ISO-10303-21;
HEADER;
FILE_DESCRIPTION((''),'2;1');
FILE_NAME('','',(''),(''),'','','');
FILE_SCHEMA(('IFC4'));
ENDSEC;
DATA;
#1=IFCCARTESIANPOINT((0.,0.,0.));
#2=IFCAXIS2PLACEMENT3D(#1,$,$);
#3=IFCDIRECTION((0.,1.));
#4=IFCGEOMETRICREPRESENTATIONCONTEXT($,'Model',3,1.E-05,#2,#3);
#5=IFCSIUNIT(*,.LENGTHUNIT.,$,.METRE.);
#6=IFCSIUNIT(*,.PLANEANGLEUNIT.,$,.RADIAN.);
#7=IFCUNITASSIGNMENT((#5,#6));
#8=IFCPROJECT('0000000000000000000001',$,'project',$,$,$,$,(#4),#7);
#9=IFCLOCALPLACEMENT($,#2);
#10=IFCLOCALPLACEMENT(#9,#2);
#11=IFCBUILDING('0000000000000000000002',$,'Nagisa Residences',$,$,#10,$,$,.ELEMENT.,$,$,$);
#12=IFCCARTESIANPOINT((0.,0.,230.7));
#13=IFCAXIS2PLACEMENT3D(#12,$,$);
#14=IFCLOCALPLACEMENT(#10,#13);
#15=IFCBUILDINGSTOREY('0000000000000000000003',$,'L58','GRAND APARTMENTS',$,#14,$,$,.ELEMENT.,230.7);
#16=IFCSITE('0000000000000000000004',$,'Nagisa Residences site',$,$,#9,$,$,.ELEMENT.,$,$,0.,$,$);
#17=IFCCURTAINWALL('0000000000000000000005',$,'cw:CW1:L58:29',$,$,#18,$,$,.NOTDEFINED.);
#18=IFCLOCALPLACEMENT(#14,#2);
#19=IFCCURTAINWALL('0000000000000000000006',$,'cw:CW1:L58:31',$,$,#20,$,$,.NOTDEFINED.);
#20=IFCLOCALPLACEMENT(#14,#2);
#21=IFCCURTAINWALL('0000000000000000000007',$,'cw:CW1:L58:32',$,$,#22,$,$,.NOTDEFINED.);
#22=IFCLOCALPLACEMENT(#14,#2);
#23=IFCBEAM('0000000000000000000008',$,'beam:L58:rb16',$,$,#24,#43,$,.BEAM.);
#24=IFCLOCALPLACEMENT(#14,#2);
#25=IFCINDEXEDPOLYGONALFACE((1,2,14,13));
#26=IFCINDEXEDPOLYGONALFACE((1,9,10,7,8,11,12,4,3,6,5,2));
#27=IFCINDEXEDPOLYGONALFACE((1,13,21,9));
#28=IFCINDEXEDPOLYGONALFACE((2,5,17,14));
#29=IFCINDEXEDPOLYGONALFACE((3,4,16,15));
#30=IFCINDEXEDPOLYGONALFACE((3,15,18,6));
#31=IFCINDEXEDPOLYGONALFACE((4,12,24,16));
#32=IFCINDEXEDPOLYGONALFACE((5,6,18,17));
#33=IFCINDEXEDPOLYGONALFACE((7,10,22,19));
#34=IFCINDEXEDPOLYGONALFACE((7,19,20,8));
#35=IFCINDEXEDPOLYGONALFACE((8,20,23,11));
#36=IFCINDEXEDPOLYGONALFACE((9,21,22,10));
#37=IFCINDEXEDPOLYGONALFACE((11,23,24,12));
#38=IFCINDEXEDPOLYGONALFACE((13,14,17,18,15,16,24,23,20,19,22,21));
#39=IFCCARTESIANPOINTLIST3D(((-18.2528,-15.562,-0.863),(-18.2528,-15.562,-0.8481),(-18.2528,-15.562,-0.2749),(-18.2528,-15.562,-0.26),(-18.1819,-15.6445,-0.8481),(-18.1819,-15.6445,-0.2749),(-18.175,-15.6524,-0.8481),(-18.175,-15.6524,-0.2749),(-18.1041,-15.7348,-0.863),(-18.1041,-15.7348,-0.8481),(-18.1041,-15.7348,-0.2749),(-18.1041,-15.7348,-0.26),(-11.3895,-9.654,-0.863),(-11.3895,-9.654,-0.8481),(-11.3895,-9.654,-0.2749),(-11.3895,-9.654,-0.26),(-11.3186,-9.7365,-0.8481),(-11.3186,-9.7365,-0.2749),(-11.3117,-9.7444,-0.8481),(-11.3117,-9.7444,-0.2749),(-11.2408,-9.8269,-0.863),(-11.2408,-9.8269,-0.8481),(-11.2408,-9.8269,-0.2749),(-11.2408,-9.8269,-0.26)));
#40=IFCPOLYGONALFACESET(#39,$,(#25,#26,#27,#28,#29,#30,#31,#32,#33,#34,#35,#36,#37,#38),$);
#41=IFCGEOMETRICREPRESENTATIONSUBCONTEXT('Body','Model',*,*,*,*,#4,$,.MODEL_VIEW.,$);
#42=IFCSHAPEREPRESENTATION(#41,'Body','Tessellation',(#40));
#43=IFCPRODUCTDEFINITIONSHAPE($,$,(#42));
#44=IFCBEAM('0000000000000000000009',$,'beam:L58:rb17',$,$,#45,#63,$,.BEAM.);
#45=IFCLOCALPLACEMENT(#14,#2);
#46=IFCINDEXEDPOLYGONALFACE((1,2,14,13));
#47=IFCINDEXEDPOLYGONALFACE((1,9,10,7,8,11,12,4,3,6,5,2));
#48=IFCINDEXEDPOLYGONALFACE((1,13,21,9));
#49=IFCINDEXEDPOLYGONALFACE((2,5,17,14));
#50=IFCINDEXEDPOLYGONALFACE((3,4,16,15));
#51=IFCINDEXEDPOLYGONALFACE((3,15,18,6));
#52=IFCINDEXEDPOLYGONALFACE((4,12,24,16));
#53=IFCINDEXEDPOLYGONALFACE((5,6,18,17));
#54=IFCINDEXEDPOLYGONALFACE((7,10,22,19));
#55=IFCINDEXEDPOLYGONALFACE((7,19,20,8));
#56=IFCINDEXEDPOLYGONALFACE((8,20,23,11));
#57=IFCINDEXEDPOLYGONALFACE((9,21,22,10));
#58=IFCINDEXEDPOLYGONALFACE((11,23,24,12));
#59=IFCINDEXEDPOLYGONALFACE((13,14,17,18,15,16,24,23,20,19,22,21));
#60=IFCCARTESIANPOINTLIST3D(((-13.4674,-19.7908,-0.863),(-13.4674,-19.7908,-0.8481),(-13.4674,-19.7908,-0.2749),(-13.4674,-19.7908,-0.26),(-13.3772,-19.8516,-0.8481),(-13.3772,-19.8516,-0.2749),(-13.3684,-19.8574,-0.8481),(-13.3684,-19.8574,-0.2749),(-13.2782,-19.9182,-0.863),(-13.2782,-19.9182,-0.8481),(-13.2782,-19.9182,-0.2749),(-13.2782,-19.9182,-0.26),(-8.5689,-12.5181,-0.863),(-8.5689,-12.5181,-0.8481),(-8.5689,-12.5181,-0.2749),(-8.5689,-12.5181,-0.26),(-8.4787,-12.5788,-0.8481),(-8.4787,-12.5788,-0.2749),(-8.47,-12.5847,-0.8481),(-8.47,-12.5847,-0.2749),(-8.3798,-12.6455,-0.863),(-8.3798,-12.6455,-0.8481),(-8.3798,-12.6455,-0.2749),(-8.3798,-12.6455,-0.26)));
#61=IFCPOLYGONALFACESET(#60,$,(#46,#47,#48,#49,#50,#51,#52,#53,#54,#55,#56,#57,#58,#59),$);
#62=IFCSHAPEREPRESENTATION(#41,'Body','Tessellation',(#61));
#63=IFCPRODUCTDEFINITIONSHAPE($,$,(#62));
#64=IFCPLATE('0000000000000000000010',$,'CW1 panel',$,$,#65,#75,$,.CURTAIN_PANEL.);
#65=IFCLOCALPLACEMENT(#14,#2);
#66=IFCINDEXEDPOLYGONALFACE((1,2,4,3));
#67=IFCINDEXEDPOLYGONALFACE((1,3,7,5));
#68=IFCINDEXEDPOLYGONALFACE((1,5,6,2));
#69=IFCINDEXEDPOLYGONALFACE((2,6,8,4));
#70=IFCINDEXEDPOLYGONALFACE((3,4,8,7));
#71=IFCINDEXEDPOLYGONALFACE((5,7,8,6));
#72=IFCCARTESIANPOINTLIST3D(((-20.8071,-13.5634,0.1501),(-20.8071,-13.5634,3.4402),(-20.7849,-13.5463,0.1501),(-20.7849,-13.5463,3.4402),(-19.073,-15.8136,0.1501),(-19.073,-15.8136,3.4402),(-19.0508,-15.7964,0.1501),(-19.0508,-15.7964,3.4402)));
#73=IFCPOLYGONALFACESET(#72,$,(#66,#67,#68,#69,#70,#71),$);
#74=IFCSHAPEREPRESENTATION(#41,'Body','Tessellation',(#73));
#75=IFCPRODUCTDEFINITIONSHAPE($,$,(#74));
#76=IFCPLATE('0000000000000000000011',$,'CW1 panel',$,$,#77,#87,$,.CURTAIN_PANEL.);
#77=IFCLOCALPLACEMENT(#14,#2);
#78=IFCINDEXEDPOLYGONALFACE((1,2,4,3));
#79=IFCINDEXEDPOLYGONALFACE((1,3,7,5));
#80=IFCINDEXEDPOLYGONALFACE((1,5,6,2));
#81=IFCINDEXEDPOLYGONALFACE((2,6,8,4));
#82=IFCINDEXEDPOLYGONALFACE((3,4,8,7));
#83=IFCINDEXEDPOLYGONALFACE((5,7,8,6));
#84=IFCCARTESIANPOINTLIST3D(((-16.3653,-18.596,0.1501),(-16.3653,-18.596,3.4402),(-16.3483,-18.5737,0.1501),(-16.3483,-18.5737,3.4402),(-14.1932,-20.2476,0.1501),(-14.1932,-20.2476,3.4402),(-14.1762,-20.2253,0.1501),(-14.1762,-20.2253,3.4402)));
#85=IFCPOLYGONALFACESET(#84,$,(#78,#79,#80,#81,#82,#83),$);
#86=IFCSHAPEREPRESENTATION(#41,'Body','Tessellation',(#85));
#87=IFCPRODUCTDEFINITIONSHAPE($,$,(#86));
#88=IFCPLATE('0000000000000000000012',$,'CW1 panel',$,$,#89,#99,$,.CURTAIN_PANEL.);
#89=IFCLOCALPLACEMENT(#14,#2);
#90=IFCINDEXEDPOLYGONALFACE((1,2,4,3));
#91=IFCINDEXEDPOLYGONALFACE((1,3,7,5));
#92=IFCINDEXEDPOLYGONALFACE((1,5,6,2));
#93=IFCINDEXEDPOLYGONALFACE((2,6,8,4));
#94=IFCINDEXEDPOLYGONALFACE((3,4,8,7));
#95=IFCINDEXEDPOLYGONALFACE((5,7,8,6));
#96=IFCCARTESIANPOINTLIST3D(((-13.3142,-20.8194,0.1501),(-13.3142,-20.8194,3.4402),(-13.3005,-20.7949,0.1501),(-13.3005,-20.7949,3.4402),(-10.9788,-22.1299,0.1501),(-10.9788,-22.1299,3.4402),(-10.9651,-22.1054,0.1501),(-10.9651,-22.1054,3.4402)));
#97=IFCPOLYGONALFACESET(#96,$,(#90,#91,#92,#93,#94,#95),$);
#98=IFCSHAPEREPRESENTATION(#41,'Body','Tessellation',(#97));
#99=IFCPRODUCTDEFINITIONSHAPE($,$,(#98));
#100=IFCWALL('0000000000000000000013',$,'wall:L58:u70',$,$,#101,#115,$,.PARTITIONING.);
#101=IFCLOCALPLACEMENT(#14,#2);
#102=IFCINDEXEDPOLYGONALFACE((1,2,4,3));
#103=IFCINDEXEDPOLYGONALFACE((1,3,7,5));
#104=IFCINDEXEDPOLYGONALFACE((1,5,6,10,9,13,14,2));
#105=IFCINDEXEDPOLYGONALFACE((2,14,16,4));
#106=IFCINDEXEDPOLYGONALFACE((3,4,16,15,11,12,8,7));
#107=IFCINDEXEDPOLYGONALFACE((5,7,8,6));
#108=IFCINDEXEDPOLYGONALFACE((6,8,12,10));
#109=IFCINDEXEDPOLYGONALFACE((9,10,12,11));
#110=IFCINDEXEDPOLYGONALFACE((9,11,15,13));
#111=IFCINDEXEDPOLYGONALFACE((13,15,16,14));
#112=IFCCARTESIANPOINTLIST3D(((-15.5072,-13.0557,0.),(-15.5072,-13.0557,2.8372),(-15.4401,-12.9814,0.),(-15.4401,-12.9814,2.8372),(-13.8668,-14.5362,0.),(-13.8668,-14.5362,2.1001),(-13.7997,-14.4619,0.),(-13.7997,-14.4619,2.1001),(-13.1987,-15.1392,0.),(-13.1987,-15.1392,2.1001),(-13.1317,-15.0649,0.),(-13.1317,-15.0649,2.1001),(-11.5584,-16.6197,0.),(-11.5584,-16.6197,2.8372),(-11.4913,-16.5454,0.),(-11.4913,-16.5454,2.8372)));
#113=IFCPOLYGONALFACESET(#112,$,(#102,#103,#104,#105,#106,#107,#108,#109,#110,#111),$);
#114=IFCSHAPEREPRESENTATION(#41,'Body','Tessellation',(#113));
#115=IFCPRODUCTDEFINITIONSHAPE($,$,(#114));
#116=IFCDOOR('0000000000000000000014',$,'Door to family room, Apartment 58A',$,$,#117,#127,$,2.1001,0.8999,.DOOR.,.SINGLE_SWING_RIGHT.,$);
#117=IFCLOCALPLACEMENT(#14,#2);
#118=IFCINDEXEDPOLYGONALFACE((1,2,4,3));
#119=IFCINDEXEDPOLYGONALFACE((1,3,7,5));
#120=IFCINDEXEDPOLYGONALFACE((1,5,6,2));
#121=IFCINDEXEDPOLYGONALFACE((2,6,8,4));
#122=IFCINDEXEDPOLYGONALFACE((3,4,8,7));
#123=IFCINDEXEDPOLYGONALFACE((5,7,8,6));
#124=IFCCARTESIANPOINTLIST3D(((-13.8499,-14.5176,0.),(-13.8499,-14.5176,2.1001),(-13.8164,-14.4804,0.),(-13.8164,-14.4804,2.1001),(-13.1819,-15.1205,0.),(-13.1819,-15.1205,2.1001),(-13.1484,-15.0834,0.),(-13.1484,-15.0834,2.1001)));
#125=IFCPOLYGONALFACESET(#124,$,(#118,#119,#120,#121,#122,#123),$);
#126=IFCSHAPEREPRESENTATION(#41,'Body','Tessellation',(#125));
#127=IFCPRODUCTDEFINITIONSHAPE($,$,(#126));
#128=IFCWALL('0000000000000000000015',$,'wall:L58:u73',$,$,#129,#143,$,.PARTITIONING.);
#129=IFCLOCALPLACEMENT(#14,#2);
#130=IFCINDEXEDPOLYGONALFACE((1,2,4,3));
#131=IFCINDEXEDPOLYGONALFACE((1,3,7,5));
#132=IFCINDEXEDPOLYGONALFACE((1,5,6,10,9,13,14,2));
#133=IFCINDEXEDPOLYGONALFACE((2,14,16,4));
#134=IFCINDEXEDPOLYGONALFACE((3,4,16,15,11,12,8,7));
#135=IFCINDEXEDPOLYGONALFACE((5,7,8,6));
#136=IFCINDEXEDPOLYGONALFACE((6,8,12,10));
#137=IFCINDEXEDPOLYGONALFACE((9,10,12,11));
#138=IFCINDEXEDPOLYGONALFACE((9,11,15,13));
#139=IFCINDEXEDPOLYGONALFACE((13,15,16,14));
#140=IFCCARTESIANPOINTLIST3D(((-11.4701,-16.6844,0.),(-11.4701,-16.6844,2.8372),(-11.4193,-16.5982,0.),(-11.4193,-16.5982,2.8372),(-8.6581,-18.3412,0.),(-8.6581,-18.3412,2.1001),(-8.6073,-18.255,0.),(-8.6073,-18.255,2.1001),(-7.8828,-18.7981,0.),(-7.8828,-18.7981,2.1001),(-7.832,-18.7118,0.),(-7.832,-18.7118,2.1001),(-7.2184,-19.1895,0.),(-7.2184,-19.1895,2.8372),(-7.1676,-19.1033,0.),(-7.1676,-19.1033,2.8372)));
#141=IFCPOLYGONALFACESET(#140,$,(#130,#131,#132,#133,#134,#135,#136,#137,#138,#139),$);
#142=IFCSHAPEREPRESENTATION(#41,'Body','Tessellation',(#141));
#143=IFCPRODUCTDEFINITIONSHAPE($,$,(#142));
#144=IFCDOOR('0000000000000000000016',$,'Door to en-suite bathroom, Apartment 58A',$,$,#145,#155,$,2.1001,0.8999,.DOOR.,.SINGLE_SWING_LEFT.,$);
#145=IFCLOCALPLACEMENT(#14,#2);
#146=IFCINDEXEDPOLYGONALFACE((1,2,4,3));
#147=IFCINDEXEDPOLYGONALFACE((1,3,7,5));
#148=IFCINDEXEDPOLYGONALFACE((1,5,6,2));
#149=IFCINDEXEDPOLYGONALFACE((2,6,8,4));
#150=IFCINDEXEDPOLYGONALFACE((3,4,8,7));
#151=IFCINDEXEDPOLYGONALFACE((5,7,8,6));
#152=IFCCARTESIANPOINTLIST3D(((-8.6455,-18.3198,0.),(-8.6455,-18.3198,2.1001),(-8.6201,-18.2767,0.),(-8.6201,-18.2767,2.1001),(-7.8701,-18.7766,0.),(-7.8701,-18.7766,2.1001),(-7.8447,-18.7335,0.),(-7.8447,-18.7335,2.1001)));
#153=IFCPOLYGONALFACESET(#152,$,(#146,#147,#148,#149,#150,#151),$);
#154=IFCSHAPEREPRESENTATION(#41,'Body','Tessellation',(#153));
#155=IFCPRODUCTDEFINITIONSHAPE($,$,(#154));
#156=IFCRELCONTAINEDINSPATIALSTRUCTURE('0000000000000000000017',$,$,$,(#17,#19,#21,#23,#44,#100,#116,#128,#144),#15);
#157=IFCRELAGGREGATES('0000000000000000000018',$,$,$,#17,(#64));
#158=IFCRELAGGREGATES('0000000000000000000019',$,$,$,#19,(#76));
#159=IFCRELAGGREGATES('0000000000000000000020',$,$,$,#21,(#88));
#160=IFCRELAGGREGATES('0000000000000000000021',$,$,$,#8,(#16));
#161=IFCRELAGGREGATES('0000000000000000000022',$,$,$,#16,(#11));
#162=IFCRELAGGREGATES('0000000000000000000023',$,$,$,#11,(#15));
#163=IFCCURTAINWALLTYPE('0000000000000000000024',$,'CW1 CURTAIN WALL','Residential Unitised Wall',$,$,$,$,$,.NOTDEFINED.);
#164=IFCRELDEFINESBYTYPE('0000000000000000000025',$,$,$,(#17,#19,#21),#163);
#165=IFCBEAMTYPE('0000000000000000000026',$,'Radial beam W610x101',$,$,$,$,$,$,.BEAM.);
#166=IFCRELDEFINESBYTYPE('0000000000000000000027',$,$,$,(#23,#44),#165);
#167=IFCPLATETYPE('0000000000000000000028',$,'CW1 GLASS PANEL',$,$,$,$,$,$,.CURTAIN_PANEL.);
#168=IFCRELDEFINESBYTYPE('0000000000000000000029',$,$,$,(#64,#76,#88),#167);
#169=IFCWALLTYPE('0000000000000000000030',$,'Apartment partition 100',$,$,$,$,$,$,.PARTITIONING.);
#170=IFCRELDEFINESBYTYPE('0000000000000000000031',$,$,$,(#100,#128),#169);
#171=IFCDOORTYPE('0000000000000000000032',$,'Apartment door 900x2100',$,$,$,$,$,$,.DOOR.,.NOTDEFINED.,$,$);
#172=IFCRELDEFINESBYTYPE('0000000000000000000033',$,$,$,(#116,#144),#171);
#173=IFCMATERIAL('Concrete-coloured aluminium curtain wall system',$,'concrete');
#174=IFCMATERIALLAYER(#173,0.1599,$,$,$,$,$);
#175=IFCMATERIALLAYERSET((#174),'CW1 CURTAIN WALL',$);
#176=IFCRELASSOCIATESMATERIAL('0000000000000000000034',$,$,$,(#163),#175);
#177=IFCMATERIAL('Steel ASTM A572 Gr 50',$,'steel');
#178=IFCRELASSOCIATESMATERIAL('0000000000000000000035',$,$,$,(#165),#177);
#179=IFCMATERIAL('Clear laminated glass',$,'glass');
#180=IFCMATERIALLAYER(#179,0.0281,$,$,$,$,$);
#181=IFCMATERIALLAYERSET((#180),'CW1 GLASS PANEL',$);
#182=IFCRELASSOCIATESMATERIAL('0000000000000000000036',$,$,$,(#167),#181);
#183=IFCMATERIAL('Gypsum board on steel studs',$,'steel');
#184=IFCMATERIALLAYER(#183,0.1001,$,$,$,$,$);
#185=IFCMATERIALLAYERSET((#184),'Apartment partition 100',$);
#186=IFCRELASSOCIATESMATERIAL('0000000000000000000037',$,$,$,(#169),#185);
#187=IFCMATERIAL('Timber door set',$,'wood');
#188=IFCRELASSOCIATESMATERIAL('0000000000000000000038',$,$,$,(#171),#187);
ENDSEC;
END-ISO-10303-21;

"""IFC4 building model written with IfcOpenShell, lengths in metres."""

from ifc_helpers import new_model, si_unit, direction, frame, frame_2d, origin, origin_2d, place, context, subcontext, project, spatial, rectangle, i_section, extrude, material, layer, layer_set, material_profile, profile_set, type_object, element, fill, aggregate, save


model = new_model("IFC4")

# Units and contexts
model_context = context("Model", 3, precision=1e-05, world=origin(), true_north=direction((0.0, 1.0)))
body_context = subcontext(model_context, "Body", "Model", "MODEL_VIEW")
ifc_project = project(units=[si_unit("LENGTHUNIT", "METRE"), si_unit("PLANEANGLEUNIT", "RADIAN")], contexts=[model_context])

# Site, building, storey
site_placement = place(None, origin())
site = spatial("IfcSite", under=ifc_project, at=site_placement, Name="Nagisa Residences site", CompositionType="ELEMENT", RefElevation=0.0)
building_placement = place(site_placement, origin())
building = spatial("IfcBuilding", under=site, at=building_placement, Name="Nagisa Residences", CompositionType="ELEMENT")
storey_placement = place(building_placement, frame((0.0, 0.0, 230.7)))
storey = spatial("IfcBuildingStorey", under=building, at=storey_placement, Name="L58", Description="GRAND APARTMENTS", CompositionType="ELEMENT", Elevation=230.7)

# Curtain walls
ifc_material_1 = material(Name="Concrete-coloured aluminium curtain wall system", Category="concrete")
ifc_layer_1 = layer(ifc_material_1, 0.1599)
ifc_layer_set_1 = layer_set([ifc_layer_1], Name="CW1 CURTAIN WALL")
curtain_wall_type = type_object("IfcCurtainWallType", Name="CW1 CURTAIN WALL", Description="Residential Unitised Wall", PredefinedType="NOTDEFINED", material=ifc_layer_set_1)
curtain_wall_1_placement = place(storey_placement, origin())
curtain_wall_1 = element("IfcCurtainWall", 1, at=curtain_wall_1_placement, inside=storey, type_object=curtain_wall_type, Name="cw:CW1:L58:29", PredefinedType="NOTDEFINED")
curtain_wall_2_placement = place(storey_placement, origin())
curtain_wall_2 = element("IfcCurtainWall", 2, at=curtain_wall_2_placement, inside=storey, type_object=curtain_wall_type, Name="cw:CW1:L58:31", PredefinedType="NOTDEFINED")
curtain_wall_3_placement = place(storey_placement, origin())
curtain_wall_3 = element("IfcCurtainWall", 3, at=curtain_wall_3_placement, inside=storey, type_object=curtain_wall_type, Name="cw:CW1:L58:32", PredefinedType="NOTDEFINED")

# Beams
ifc_material_2 = material(Name="Steel ASTM A572 Gr 50", Category="steel")
ifc_material_profile_1 = material_profile(ifc_material_2, i_section(OverallWidth=0.228, OverallDepth=0.603, WebThickness=0.0105, FlangeThickness=0.0149, at=origin_2d()), Name="W610x101")
ifc_profile_set_1 = profile_set([ifc_material_profile_1], Name="Steel ASTM A572 Gr 50")
beam_type_1 = type_object("IfcBeamType", Name="Radial beam W610x101", PredefinedType="BEAM", material=ifc_profile_set_1)
beam_1_placement = place(storey_placement, frame((-18.1785, -15.6484, -0.5615), z_axis=(0.757883, 0.652391, 0.0), x_axis=(-0.652391, 0.757883, 0.0)))
element("IfcBeam", 4, at=beam_1_placement, inside=storey, type_object=beam_type_1, Name="beam:L58:rb16", PredefinedType="BEAM", context=body_context, shape_type="SweptSolid", body=[
    extrude(i_section(OverallWidth=0.228, OverallDepth=0.603, WebThickness=0.0105, FlangeThickness=0.0149, at=origin_2d()), origin(), (0.0, 0.0, 1.0), 9.0559),
])
beam_2_placement = place(storey_placement, frame((-13.3728, -19.8545, -0.5615), z_axis=(0.558639, 0.829411, 0.0), x_axis=(-0.829411, 0.558639, 0.0)))
element("IfcBeam", 5, at=beam_2_placement, inside=storey, type_object=beam_type_1, Name="beam:L58:rb17", PredefinedType="BEAM", context=body_context, shape_type="SweptSolid", body=[
    extrude(i_section(OverallWidth=0.228, OverallDepth=0.603, WebThickness=0.0105, FlangeThickness=0.0149, at=origin_2d()), origin(), (0.0, 0.0, 1.0), 8.7686),
])

# Plates
ifc_material_3 = material(Name="Clear laminated glass", Category="glass")
ifc_layer_2 = layer(ifc_material_3, 0.0281)
ifc_layer_set_2 = layer_set([ifc_layer_2], Name="CW1 GLASS PANEL")
plate_type = type_object("IfcPlateType", Name="CW1 GLASS PANEL", PredefinedType="CURTAIN_PANEL", material=ifc_layer_set_2)
plate_1_placement = place(storey_placement, frame((-19.929, -14.6799, 0.1501), z_axis=(0.0, 0.0, 1.0), x_axis=(0.61043, -0.79207, 0.0)))
plate_1 = element("IfcPlate", 6, at=plate_1_placement, type_object=plate_type, Name="CW1 panel", PredefinedType="CURTAIN_PANEL", context=body_context, shape_type="SweptSolid", body=[
    extrude(rectangle(XDim=2.8408, YDim=0.0281, at=origin_2d()), origin(), (0.0, 0.0, 1.0), 3.29),
])
aggregate(curtain_wall_1, [plate_1])
plate_2_placement = place(storey_placement, frame((-15.2708, -19.4106, 0.1501), z_axis=(0.0, 0.0, 1.0), x_axis=(0.796031, -0.605255, 0.0)))
plate_2 = element("IfcPlate", 7, at=plate_2_placement, type_object=plate_type, Name="CW1 panel", PredefinedType="CURTAIN_PANEL", context=body_context, shape_type="SweptSolid", body=[
    extrude(rectangle(XDim=2.7288, YDim=0.0281, at=origin_2d()), origin(), (0.0, 0.0, 1.0), 3.29),
])
aggregate(curtain_wall_2, [plate_2])
plate_3_placement = place(storey_placement, frame((-12.1396, -21.4624, 0.1501), z_axis=(0.0, 0.0, 1.0), x_axis=(0.872072, -0.489377, 0.0)))
plate_3 = element("IfcPlate", 8, at=plate_3_placement, type_object=plate_type, Name="CW1 panel", PredefinedType="CURTAIN_PANEL", context=body_context, shape_type="SweptSolid", body=[
    extrude(rectangle(XDim=2.678, YDim=0.0281, at=origin_2d()), origin(), (0.0, 0.0, 1.0), 3.29),
])
aggregate(curtain_wall_3, [plate_3])

# Walls, openings, doors
ifc_material_4 = material(Name="Gypsum board on steel studs", Category="steel")
ifc_layer_3 = layer(ifc_material_4, 0.1001)
ifc_layer_set_3 = layer_set([ifc_layer_3], Name="Apartment partition 100")
wall_type_1 = type_object("IfcWallType", Name="Apartment partition 100", PredefinedType="PARTITIONING", material=ifc_layer_set_3)
wall_1_placement = place(storey_placement, frame((-15.4736, -13.0186, 0.0), z_axis=(0.0, 0.0, 1.0), x_axis=(0.742349, -0.670014, 0.0)))
wall_1 = element("IfcWall", 9, at=wall_1_placement, inside=storey, type_object=wall_type_1, Name="wall:L58:u70", PredefinedType="PARTITIONING", context=body_context, shape_type="SweptSolid", body=[
    extrude(rectangle(XDim=5.3193, YDim=0.1001, at=frame_2d((2.6597, 0.0))), origin(), (0.0, 0.0, 1.0), 2.8372),
])
opening_1_placement = place(wall_1_placement, frame((2.2097, 0.0, 0.0)))
opening_1 = element("IfcOpeningElement", 10, at=opening_1_placement, cuts=wall_1, PredefinedType="OPENING", context=body_context, shape_type="SweptSolid", body=[
    extrude(rectangle(XDim=0.8999, YDim=2.1001, at=frame_2d((0.45, 1.05))), frame((0.0, 0.0601, 0.0), z_axis=(0.0, -1.0, 0.0), x_axis=(1.0, 0.0, 0.0)), (0.0, 0.0, 1.0), 0.1201),
])
ifc_material_5 = material(Name="Timber door set", Category="wood")
door_type_1 = type_object("IfcDoorType", Name="Apartment door 900x2100", OperationType="NOTDEFINED", PredefinedType="DOOR", material=ifc_material_5)
door_1_placement = place(opening_1_placement, frame((0.8999, 0.0, 0.0), x_axis=(-1.0, 0.0, 0.0)))
door_1 = element("IfcDoor", 11, at=door_1_placement, inside=storey, type_object=door_type_1, Name="Door to family room, Apartment 58A", OperationType="SINGLE_SWING_RIGHT", OverallHeight=2.1001, OverallWidth=0.8999, PredefinedType="DOOR", context=body_context, shape_type="SweptSolid", body=[
    extrude(rectangle(XDim=0.8999, YDim=2.1001, at=frame_2d((0.45, 1.05))), frame((0.0, 0.0249, 0.0), z_axis=(0.0, -1.0, 0.0), x_axis=(1.0, 0.0, 0.0)), (0.0, 0.0, 1.0), 0.05),
])
fill(opening_1, door_1)
wall_2_placement = place(storey_placement, frame((-11.4446, -16.6414, 0.0), z_axis=(0.0, 0.0, 1.0), x_axis=(0.861569, -0.507641, 0.0)))
wall_2 = element("IfcWall", 12, at=wall_2_placement, inside=storey, type_object=wall_type_1, Name="wall:L58:u73", PredefinedType="PARTITIONING", context=body_context, shape_type="SweptSolid", body=[
    extrude(rectangle(XDim=4.9348, YDim=0.1001, at=frame_2d((2.4673, 0.0))), origin(), (0.0, 0.0, 1.0), 2.8372),
])
opening_2_placement = place(wall_2_placement, frame((3.2637, 0.0, 0.0)))
opening_2 = element("IfcOpeningElement", 13, at=opening_2_placement, cuts=wall_2, PredefinedType="OPENING", context=body_context, shape_type="SweptSolid", body=[
    extrude(rectangle(XDim=0.8999, YDim=2.1001, at=frame_2d((0.45, 1.05))), frame((0.0, 0.0601, 0.0), z_axis=(0.0, -1.0, 0.0), x_axis=(1.0, 0.0, 0.0)), (0.0, 0.0, 1.0), 0.1201),
])
door_2_placement = place(opening_2_placement, origin())
door_2 = element("IfcDoor", 14, at=door_2_placement, inside=storey, type_object=door_type_1, Name="Door to en-suite bathroom, Apartment 58A", OperationType="SINGLE_SWING_LEFT", OverallHeight=2.1001, OverallWidth=0.8999, PredefinedType="DOOR", context=body_context, shape_type="SweptSolid", body=[
    extrude(rectangle(XDim=0.8999, YDim=2.1001, at=frame_2d((0.45, 1.05))), frame((0.0, 0.0249, 0.0), z_axis=(0.0, -1.0, 0.0), x_axis=(1.0, 0.0, 0.0)), (0.0, 0.0, 1.0), 0.05),
])
fill(opening_2, door_2)

save(model, "model.ifc")
